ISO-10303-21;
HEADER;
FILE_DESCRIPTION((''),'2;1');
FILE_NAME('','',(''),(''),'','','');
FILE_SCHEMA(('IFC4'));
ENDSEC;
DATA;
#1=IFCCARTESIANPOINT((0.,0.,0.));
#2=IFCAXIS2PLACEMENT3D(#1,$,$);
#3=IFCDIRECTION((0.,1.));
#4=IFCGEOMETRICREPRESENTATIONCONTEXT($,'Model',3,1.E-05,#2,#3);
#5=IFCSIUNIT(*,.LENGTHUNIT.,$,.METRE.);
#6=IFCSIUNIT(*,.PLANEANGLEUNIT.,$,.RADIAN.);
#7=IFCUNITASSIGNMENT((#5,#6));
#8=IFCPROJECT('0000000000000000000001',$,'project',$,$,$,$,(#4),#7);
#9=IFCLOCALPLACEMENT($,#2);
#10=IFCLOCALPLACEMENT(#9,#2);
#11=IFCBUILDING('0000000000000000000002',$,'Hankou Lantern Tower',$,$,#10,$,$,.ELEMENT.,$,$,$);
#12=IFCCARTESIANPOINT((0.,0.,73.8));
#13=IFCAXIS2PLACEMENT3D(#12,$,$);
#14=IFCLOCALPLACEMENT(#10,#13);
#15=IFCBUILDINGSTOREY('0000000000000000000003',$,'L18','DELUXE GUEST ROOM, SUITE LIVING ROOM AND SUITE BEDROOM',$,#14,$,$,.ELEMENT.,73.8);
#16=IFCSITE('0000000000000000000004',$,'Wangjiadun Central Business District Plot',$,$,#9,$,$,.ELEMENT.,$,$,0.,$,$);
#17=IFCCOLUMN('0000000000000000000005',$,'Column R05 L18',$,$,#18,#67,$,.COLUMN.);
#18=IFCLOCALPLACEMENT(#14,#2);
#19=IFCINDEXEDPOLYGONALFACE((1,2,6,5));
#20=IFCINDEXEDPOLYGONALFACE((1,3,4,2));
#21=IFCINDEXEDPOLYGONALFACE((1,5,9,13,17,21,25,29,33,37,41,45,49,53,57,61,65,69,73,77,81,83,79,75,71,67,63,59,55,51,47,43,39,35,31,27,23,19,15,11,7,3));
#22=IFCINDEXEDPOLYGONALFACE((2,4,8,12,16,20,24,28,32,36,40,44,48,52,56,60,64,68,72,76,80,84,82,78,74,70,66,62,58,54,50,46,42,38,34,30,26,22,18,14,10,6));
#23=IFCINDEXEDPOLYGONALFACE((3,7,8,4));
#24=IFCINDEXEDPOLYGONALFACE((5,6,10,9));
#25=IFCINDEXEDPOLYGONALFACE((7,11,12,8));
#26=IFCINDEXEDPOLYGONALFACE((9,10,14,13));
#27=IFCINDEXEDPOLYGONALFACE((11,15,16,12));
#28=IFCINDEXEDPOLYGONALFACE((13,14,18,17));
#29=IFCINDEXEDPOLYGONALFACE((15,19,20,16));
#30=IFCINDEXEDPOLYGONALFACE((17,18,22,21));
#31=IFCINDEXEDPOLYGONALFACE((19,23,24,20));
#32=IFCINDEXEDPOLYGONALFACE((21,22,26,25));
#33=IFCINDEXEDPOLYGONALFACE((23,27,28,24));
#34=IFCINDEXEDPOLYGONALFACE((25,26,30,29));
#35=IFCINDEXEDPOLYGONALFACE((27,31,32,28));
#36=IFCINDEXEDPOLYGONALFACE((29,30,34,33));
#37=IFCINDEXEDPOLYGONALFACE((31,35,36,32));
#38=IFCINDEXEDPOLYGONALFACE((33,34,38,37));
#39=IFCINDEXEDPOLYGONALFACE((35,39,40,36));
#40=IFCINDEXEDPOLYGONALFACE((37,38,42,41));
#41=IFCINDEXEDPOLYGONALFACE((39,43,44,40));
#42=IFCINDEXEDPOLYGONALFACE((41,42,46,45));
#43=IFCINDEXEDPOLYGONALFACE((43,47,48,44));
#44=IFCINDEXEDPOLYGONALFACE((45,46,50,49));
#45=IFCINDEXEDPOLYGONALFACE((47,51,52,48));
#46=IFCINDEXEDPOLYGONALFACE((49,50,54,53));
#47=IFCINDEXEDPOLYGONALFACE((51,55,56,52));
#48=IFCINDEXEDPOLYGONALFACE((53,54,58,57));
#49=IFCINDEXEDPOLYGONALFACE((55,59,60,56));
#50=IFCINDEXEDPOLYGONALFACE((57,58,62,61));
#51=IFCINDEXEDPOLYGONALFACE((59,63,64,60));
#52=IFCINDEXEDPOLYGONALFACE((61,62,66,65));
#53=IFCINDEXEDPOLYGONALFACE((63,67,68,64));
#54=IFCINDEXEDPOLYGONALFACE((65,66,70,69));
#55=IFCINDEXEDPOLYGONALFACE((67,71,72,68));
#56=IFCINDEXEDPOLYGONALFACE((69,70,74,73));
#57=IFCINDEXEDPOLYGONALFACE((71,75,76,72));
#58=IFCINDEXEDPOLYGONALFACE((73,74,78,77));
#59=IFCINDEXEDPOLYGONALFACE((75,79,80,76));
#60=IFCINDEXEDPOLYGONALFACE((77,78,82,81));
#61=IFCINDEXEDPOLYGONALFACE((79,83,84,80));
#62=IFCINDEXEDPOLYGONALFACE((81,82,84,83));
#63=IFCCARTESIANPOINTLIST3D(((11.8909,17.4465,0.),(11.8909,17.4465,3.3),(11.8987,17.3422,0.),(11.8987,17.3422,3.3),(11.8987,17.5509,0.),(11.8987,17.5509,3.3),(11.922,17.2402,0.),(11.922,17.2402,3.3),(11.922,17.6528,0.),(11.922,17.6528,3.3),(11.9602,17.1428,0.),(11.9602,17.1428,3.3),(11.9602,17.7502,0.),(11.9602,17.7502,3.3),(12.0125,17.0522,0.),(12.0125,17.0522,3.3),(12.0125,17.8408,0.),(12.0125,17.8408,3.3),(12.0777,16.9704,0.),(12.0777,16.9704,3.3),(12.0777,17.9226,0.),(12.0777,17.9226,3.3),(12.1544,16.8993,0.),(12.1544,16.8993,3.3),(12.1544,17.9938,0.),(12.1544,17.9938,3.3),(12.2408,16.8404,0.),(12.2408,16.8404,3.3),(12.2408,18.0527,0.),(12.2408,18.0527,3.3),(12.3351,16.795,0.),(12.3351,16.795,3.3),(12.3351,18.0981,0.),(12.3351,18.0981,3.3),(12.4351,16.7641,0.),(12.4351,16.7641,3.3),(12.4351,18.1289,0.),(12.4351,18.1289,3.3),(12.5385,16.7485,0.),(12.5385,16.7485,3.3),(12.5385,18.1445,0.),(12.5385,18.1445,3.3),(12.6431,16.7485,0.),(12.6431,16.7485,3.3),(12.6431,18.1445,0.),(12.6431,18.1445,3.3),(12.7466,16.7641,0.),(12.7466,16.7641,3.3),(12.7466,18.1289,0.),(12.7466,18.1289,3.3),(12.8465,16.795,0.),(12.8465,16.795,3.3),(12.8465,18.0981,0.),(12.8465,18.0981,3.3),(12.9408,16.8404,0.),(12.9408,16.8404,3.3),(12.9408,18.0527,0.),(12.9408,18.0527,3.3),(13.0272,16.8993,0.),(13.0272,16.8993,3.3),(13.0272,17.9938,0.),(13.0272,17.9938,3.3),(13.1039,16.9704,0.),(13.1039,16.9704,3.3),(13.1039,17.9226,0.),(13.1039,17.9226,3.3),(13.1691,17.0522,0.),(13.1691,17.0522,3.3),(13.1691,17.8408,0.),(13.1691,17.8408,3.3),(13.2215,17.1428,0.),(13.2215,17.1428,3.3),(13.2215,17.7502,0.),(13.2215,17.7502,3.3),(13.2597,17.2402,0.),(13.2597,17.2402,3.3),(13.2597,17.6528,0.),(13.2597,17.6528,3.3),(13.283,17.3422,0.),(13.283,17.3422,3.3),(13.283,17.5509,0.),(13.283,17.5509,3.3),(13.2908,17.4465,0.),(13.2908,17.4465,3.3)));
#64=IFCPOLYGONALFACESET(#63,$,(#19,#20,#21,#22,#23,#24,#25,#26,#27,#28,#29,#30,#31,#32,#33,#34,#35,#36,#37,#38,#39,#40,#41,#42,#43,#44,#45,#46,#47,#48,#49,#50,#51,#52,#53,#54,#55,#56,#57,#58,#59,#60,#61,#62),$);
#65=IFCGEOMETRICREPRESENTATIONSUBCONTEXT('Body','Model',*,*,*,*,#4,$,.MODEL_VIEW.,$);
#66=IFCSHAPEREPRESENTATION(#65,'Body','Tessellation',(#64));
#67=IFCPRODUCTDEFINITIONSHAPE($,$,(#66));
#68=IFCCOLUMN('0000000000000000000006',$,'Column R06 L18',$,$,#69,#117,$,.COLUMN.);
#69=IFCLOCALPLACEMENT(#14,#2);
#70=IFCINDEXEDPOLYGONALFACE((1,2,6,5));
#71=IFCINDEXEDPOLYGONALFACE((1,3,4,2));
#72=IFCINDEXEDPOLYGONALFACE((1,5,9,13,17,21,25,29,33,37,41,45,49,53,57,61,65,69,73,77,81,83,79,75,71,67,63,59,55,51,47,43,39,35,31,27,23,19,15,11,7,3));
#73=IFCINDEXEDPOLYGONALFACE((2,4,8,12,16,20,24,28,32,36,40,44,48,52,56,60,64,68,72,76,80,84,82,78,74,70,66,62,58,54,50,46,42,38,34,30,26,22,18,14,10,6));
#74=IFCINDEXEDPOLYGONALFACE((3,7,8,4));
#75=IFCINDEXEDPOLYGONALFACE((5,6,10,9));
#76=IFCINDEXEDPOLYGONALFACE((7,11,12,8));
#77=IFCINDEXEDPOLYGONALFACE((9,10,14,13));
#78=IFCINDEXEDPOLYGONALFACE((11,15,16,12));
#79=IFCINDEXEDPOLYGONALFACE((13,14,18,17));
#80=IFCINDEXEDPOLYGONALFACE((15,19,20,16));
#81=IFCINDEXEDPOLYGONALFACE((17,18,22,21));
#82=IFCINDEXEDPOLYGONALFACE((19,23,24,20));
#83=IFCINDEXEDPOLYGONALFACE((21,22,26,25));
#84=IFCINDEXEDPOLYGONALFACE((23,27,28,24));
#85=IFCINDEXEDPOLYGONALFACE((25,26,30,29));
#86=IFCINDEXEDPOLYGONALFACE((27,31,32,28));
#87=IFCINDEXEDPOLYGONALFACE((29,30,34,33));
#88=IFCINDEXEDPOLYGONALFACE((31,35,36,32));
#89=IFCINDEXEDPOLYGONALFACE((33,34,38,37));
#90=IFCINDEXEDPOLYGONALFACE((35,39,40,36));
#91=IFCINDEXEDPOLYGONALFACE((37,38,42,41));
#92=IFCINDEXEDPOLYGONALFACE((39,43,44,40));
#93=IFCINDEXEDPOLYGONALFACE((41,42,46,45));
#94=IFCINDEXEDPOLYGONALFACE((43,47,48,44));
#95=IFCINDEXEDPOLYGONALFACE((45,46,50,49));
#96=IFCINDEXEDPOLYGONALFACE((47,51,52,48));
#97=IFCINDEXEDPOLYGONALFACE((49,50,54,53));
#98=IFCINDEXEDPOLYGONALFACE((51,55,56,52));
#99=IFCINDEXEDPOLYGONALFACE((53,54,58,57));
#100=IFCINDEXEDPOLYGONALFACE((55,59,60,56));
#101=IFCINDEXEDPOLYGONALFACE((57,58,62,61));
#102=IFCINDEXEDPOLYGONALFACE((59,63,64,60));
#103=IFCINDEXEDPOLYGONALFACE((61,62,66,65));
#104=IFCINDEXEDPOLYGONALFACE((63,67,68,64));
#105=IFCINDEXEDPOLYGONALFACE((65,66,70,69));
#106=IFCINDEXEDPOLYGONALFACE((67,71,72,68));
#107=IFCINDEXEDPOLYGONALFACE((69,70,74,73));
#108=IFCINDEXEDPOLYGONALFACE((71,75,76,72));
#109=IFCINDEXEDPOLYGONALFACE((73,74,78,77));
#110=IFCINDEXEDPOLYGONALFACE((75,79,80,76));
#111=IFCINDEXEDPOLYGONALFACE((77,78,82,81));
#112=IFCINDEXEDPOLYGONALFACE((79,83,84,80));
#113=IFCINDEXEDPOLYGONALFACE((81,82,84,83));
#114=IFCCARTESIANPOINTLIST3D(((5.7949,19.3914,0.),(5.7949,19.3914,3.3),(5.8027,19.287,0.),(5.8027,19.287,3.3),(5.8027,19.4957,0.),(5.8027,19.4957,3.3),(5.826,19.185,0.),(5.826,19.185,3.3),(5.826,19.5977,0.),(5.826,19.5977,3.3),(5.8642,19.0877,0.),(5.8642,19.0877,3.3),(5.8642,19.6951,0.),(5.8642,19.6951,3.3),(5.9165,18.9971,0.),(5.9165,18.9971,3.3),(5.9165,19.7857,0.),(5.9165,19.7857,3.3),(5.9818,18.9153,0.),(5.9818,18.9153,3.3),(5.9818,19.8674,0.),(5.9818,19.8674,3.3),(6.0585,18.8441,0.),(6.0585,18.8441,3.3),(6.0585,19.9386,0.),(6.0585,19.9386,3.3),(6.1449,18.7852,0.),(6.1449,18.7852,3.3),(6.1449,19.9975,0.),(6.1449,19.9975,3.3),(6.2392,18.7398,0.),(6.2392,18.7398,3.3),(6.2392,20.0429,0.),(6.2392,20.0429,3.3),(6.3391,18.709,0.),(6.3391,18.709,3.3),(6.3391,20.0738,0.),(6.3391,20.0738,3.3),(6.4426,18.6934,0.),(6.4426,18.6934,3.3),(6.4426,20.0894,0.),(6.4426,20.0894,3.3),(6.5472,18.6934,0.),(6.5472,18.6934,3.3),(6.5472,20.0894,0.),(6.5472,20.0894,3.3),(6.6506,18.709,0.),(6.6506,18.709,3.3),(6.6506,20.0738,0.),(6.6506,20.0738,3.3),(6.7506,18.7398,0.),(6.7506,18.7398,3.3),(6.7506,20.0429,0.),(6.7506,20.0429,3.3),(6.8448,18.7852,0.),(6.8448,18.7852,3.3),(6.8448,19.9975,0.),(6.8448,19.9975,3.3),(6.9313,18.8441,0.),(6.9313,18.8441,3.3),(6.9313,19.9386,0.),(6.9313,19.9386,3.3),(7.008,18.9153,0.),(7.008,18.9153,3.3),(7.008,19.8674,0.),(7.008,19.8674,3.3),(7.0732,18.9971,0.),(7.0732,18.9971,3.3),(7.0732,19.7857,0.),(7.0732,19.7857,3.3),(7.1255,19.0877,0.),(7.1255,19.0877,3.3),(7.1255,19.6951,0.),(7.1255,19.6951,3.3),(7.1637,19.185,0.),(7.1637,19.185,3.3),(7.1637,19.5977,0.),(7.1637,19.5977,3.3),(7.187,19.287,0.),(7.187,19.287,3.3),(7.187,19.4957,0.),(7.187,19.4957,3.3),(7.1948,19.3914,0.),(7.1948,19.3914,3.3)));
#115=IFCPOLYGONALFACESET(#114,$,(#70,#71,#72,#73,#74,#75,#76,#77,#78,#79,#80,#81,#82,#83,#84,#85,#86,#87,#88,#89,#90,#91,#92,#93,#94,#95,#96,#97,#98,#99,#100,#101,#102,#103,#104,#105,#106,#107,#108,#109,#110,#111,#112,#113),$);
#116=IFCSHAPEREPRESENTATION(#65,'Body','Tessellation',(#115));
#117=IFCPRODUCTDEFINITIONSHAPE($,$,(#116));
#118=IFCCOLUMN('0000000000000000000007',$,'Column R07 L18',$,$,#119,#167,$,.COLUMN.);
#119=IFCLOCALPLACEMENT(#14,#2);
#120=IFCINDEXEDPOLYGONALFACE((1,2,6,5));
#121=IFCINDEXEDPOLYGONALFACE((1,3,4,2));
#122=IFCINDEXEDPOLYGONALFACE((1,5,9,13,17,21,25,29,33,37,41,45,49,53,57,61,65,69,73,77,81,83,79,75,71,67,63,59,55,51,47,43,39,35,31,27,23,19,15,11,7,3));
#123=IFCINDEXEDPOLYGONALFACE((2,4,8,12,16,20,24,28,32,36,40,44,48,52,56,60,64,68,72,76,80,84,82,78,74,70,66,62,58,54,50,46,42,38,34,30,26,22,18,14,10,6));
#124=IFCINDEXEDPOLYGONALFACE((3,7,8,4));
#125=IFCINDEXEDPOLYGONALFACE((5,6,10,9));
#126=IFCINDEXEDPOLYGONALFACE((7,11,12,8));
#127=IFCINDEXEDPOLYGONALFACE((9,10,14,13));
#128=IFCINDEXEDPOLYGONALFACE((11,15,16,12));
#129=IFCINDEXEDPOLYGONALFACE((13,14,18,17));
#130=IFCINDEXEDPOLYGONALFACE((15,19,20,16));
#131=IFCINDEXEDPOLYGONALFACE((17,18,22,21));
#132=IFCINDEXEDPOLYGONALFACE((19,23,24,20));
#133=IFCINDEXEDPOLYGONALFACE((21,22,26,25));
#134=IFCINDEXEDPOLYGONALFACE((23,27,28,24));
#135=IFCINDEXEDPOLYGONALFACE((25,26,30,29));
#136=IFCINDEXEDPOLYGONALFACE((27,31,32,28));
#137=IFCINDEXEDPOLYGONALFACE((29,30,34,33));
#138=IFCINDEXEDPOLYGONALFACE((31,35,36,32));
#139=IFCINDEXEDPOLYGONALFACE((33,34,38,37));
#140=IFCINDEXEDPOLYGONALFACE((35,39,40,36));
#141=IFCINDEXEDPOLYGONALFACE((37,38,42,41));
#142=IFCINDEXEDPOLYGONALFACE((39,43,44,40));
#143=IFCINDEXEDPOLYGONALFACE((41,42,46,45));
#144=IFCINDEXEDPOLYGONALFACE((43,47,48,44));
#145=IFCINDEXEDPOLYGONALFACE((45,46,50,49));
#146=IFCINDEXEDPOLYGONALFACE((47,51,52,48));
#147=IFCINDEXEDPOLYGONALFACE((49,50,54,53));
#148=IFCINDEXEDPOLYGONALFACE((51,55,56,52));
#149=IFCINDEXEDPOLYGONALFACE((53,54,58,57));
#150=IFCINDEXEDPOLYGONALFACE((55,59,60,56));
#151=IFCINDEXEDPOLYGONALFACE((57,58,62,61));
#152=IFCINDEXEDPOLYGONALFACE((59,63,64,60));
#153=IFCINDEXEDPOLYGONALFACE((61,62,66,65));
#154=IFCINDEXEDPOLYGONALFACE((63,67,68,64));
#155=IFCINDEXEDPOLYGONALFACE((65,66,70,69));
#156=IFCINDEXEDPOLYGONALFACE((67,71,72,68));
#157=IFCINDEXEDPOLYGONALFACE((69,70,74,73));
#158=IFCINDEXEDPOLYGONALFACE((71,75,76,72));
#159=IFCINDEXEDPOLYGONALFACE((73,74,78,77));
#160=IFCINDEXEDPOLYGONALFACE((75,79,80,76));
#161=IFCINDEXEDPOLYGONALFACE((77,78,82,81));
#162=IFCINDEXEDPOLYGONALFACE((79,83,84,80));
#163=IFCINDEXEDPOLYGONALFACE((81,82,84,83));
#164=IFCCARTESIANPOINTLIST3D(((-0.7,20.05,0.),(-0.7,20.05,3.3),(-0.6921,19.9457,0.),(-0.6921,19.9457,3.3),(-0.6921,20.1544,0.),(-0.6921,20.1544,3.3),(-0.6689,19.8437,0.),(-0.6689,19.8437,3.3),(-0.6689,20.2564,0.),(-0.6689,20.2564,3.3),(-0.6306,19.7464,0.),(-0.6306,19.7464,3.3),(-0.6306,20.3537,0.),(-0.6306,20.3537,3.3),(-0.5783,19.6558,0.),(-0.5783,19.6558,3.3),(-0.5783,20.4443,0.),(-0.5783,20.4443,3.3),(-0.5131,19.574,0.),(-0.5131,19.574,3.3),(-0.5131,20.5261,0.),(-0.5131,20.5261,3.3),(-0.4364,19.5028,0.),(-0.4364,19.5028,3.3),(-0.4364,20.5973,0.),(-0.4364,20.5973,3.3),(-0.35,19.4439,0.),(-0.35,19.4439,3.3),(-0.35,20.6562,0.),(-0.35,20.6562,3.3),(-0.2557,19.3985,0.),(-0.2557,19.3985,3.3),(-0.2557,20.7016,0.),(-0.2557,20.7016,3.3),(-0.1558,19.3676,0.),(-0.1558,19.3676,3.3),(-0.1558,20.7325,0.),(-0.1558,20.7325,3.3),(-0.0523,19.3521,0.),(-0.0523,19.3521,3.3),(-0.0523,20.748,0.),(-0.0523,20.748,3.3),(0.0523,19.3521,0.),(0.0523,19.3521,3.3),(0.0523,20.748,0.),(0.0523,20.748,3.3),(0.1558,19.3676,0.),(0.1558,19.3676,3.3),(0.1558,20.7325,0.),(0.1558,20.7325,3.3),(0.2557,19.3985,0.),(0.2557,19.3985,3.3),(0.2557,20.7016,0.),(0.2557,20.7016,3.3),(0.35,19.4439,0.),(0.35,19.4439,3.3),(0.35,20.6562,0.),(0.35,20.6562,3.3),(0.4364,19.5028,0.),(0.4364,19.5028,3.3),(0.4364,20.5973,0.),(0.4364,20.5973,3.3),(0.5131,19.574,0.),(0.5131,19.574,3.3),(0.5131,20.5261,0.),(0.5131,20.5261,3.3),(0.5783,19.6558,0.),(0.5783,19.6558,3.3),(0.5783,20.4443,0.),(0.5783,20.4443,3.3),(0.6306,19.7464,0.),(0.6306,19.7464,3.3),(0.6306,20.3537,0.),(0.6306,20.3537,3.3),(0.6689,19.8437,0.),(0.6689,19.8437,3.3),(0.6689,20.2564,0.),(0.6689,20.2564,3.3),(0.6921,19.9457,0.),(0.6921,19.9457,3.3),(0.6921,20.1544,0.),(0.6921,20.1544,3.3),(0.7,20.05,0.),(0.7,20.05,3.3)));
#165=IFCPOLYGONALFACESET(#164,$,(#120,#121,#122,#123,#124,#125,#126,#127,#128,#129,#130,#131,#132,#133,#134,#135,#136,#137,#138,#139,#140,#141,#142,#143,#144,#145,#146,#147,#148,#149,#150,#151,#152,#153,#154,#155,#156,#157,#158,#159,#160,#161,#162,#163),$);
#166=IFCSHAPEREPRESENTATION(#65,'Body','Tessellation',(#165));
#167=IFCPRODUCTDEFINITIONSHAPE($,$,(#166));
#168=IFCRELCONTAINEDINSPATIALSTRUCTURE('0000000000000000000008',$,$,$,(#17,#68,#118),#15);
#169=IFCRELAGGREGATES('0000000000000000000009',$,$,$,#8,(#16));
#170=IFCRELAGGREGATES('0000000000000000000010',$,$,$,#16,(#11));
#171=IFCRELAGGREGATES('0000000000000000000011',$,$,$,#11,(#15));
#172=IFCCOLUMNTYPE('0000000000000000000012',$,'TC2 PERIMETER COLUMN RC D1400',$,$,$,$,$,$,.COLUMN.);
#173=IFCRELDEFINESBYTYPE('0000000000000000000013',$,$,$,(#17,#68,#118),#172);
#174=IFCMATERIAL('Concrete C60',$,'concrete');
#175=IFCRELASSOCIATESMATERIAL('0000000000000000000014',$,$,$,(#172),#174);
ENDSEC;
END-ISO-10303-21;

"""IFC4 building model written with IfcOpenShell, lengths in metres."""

from ifc_helpers import new_model, si_unit, direction, frame, origin, origin_2d, place, context, subcontext, project, spatial, circle, extrude, material, material_profile, profile_set, type_object, element, save


model = new_model("IFC4")

# Units and contexts
model_context = context("Model", 3, precision=1e-05, world=origin(), true_north=direction((0.0, 1.0)))
body_context = subcontext(model_context, "Body", "Model", "MODEL_VIEW")
ifc_project = project(units=[si_unit("LENGTHUNIT", "METRE"), si_unit("PLANEANGLEUNIT", "RADIAN")], contexts=[model_context])

# Site, building, storey
site_placement = place(None, origin())
site = spatial("IfcSite", under=ifc_project, at=site_placement, Name="Wangjiadun Central Business District Plot", CompositionType="ELEMENT", RefElevation=0.0)
building_placement = place(site_placement, origin())
building = spatial("IfcBuilding", under=site, at=building_placement, Name="Hankou Lantern Tower", CompositionType="ELEMENT")
storey_placement = place(building_placement, frame((0.0, 0.0, 73.8)))
storey = spatial("IfcBuildingStorey", under=building, at=storey_placement, Name="L18", Description="DELUXE GUEST ROOM, SUITE LIVING ROOM AND SUITE BEDROOM", CompositionType="ELEMENT", Elevation=73.8)

# Columns
ifc_material_1 = material(Name="Concrete C60", Category="concrete")
ifc_material_profile_1 = material_profile(ifc_material_1, circle(Radius=0.7, at=origin_2d()), Name="RC D1400")
ifc_profile_set_1 = profile_set([ifc_material_profile_1], Name="Concrete C60")
column_type = type_object("IfcColumnType", Name="TC2 PERIMETER COLUMN RC D1400", PredefinedType="COLUMN", material=ifc_profile_set_1)
for number, where, z_axis, x_axis, name in (
    (1, (12.5908, 17.4465, 0.0), (0.0, 0.0, 1.0), (1.0, 0.0, 0.0), "Column R05 L18"),
    (2, (6.4949, 19.3914, 0.0), (0.0, 0.0, 1.0), (1.0, 0.0, 0.0), "Column R06 L18"),
    (3, (0.0, 20.05, 0.0), (0.0, 0.0, 1.0), (1.0, 0.0, 0.0), "Column R07 L18"),
):
    element("IfcColumn", number, at=place(storey_placement, frame(where, z_axis=z_axis, x_axis=x_axis)), inside=storey, type_object=column_type, Name=name, PredefinedType="COLUMN", context=body_context, shape_type="SweptSolid", body=[
        extrude(circle(Radius=0.7, at=origin_2d()), origin(), (0.0, 0.0, 1.0), 3.3),
    ])

save(model, "model.ifc")
